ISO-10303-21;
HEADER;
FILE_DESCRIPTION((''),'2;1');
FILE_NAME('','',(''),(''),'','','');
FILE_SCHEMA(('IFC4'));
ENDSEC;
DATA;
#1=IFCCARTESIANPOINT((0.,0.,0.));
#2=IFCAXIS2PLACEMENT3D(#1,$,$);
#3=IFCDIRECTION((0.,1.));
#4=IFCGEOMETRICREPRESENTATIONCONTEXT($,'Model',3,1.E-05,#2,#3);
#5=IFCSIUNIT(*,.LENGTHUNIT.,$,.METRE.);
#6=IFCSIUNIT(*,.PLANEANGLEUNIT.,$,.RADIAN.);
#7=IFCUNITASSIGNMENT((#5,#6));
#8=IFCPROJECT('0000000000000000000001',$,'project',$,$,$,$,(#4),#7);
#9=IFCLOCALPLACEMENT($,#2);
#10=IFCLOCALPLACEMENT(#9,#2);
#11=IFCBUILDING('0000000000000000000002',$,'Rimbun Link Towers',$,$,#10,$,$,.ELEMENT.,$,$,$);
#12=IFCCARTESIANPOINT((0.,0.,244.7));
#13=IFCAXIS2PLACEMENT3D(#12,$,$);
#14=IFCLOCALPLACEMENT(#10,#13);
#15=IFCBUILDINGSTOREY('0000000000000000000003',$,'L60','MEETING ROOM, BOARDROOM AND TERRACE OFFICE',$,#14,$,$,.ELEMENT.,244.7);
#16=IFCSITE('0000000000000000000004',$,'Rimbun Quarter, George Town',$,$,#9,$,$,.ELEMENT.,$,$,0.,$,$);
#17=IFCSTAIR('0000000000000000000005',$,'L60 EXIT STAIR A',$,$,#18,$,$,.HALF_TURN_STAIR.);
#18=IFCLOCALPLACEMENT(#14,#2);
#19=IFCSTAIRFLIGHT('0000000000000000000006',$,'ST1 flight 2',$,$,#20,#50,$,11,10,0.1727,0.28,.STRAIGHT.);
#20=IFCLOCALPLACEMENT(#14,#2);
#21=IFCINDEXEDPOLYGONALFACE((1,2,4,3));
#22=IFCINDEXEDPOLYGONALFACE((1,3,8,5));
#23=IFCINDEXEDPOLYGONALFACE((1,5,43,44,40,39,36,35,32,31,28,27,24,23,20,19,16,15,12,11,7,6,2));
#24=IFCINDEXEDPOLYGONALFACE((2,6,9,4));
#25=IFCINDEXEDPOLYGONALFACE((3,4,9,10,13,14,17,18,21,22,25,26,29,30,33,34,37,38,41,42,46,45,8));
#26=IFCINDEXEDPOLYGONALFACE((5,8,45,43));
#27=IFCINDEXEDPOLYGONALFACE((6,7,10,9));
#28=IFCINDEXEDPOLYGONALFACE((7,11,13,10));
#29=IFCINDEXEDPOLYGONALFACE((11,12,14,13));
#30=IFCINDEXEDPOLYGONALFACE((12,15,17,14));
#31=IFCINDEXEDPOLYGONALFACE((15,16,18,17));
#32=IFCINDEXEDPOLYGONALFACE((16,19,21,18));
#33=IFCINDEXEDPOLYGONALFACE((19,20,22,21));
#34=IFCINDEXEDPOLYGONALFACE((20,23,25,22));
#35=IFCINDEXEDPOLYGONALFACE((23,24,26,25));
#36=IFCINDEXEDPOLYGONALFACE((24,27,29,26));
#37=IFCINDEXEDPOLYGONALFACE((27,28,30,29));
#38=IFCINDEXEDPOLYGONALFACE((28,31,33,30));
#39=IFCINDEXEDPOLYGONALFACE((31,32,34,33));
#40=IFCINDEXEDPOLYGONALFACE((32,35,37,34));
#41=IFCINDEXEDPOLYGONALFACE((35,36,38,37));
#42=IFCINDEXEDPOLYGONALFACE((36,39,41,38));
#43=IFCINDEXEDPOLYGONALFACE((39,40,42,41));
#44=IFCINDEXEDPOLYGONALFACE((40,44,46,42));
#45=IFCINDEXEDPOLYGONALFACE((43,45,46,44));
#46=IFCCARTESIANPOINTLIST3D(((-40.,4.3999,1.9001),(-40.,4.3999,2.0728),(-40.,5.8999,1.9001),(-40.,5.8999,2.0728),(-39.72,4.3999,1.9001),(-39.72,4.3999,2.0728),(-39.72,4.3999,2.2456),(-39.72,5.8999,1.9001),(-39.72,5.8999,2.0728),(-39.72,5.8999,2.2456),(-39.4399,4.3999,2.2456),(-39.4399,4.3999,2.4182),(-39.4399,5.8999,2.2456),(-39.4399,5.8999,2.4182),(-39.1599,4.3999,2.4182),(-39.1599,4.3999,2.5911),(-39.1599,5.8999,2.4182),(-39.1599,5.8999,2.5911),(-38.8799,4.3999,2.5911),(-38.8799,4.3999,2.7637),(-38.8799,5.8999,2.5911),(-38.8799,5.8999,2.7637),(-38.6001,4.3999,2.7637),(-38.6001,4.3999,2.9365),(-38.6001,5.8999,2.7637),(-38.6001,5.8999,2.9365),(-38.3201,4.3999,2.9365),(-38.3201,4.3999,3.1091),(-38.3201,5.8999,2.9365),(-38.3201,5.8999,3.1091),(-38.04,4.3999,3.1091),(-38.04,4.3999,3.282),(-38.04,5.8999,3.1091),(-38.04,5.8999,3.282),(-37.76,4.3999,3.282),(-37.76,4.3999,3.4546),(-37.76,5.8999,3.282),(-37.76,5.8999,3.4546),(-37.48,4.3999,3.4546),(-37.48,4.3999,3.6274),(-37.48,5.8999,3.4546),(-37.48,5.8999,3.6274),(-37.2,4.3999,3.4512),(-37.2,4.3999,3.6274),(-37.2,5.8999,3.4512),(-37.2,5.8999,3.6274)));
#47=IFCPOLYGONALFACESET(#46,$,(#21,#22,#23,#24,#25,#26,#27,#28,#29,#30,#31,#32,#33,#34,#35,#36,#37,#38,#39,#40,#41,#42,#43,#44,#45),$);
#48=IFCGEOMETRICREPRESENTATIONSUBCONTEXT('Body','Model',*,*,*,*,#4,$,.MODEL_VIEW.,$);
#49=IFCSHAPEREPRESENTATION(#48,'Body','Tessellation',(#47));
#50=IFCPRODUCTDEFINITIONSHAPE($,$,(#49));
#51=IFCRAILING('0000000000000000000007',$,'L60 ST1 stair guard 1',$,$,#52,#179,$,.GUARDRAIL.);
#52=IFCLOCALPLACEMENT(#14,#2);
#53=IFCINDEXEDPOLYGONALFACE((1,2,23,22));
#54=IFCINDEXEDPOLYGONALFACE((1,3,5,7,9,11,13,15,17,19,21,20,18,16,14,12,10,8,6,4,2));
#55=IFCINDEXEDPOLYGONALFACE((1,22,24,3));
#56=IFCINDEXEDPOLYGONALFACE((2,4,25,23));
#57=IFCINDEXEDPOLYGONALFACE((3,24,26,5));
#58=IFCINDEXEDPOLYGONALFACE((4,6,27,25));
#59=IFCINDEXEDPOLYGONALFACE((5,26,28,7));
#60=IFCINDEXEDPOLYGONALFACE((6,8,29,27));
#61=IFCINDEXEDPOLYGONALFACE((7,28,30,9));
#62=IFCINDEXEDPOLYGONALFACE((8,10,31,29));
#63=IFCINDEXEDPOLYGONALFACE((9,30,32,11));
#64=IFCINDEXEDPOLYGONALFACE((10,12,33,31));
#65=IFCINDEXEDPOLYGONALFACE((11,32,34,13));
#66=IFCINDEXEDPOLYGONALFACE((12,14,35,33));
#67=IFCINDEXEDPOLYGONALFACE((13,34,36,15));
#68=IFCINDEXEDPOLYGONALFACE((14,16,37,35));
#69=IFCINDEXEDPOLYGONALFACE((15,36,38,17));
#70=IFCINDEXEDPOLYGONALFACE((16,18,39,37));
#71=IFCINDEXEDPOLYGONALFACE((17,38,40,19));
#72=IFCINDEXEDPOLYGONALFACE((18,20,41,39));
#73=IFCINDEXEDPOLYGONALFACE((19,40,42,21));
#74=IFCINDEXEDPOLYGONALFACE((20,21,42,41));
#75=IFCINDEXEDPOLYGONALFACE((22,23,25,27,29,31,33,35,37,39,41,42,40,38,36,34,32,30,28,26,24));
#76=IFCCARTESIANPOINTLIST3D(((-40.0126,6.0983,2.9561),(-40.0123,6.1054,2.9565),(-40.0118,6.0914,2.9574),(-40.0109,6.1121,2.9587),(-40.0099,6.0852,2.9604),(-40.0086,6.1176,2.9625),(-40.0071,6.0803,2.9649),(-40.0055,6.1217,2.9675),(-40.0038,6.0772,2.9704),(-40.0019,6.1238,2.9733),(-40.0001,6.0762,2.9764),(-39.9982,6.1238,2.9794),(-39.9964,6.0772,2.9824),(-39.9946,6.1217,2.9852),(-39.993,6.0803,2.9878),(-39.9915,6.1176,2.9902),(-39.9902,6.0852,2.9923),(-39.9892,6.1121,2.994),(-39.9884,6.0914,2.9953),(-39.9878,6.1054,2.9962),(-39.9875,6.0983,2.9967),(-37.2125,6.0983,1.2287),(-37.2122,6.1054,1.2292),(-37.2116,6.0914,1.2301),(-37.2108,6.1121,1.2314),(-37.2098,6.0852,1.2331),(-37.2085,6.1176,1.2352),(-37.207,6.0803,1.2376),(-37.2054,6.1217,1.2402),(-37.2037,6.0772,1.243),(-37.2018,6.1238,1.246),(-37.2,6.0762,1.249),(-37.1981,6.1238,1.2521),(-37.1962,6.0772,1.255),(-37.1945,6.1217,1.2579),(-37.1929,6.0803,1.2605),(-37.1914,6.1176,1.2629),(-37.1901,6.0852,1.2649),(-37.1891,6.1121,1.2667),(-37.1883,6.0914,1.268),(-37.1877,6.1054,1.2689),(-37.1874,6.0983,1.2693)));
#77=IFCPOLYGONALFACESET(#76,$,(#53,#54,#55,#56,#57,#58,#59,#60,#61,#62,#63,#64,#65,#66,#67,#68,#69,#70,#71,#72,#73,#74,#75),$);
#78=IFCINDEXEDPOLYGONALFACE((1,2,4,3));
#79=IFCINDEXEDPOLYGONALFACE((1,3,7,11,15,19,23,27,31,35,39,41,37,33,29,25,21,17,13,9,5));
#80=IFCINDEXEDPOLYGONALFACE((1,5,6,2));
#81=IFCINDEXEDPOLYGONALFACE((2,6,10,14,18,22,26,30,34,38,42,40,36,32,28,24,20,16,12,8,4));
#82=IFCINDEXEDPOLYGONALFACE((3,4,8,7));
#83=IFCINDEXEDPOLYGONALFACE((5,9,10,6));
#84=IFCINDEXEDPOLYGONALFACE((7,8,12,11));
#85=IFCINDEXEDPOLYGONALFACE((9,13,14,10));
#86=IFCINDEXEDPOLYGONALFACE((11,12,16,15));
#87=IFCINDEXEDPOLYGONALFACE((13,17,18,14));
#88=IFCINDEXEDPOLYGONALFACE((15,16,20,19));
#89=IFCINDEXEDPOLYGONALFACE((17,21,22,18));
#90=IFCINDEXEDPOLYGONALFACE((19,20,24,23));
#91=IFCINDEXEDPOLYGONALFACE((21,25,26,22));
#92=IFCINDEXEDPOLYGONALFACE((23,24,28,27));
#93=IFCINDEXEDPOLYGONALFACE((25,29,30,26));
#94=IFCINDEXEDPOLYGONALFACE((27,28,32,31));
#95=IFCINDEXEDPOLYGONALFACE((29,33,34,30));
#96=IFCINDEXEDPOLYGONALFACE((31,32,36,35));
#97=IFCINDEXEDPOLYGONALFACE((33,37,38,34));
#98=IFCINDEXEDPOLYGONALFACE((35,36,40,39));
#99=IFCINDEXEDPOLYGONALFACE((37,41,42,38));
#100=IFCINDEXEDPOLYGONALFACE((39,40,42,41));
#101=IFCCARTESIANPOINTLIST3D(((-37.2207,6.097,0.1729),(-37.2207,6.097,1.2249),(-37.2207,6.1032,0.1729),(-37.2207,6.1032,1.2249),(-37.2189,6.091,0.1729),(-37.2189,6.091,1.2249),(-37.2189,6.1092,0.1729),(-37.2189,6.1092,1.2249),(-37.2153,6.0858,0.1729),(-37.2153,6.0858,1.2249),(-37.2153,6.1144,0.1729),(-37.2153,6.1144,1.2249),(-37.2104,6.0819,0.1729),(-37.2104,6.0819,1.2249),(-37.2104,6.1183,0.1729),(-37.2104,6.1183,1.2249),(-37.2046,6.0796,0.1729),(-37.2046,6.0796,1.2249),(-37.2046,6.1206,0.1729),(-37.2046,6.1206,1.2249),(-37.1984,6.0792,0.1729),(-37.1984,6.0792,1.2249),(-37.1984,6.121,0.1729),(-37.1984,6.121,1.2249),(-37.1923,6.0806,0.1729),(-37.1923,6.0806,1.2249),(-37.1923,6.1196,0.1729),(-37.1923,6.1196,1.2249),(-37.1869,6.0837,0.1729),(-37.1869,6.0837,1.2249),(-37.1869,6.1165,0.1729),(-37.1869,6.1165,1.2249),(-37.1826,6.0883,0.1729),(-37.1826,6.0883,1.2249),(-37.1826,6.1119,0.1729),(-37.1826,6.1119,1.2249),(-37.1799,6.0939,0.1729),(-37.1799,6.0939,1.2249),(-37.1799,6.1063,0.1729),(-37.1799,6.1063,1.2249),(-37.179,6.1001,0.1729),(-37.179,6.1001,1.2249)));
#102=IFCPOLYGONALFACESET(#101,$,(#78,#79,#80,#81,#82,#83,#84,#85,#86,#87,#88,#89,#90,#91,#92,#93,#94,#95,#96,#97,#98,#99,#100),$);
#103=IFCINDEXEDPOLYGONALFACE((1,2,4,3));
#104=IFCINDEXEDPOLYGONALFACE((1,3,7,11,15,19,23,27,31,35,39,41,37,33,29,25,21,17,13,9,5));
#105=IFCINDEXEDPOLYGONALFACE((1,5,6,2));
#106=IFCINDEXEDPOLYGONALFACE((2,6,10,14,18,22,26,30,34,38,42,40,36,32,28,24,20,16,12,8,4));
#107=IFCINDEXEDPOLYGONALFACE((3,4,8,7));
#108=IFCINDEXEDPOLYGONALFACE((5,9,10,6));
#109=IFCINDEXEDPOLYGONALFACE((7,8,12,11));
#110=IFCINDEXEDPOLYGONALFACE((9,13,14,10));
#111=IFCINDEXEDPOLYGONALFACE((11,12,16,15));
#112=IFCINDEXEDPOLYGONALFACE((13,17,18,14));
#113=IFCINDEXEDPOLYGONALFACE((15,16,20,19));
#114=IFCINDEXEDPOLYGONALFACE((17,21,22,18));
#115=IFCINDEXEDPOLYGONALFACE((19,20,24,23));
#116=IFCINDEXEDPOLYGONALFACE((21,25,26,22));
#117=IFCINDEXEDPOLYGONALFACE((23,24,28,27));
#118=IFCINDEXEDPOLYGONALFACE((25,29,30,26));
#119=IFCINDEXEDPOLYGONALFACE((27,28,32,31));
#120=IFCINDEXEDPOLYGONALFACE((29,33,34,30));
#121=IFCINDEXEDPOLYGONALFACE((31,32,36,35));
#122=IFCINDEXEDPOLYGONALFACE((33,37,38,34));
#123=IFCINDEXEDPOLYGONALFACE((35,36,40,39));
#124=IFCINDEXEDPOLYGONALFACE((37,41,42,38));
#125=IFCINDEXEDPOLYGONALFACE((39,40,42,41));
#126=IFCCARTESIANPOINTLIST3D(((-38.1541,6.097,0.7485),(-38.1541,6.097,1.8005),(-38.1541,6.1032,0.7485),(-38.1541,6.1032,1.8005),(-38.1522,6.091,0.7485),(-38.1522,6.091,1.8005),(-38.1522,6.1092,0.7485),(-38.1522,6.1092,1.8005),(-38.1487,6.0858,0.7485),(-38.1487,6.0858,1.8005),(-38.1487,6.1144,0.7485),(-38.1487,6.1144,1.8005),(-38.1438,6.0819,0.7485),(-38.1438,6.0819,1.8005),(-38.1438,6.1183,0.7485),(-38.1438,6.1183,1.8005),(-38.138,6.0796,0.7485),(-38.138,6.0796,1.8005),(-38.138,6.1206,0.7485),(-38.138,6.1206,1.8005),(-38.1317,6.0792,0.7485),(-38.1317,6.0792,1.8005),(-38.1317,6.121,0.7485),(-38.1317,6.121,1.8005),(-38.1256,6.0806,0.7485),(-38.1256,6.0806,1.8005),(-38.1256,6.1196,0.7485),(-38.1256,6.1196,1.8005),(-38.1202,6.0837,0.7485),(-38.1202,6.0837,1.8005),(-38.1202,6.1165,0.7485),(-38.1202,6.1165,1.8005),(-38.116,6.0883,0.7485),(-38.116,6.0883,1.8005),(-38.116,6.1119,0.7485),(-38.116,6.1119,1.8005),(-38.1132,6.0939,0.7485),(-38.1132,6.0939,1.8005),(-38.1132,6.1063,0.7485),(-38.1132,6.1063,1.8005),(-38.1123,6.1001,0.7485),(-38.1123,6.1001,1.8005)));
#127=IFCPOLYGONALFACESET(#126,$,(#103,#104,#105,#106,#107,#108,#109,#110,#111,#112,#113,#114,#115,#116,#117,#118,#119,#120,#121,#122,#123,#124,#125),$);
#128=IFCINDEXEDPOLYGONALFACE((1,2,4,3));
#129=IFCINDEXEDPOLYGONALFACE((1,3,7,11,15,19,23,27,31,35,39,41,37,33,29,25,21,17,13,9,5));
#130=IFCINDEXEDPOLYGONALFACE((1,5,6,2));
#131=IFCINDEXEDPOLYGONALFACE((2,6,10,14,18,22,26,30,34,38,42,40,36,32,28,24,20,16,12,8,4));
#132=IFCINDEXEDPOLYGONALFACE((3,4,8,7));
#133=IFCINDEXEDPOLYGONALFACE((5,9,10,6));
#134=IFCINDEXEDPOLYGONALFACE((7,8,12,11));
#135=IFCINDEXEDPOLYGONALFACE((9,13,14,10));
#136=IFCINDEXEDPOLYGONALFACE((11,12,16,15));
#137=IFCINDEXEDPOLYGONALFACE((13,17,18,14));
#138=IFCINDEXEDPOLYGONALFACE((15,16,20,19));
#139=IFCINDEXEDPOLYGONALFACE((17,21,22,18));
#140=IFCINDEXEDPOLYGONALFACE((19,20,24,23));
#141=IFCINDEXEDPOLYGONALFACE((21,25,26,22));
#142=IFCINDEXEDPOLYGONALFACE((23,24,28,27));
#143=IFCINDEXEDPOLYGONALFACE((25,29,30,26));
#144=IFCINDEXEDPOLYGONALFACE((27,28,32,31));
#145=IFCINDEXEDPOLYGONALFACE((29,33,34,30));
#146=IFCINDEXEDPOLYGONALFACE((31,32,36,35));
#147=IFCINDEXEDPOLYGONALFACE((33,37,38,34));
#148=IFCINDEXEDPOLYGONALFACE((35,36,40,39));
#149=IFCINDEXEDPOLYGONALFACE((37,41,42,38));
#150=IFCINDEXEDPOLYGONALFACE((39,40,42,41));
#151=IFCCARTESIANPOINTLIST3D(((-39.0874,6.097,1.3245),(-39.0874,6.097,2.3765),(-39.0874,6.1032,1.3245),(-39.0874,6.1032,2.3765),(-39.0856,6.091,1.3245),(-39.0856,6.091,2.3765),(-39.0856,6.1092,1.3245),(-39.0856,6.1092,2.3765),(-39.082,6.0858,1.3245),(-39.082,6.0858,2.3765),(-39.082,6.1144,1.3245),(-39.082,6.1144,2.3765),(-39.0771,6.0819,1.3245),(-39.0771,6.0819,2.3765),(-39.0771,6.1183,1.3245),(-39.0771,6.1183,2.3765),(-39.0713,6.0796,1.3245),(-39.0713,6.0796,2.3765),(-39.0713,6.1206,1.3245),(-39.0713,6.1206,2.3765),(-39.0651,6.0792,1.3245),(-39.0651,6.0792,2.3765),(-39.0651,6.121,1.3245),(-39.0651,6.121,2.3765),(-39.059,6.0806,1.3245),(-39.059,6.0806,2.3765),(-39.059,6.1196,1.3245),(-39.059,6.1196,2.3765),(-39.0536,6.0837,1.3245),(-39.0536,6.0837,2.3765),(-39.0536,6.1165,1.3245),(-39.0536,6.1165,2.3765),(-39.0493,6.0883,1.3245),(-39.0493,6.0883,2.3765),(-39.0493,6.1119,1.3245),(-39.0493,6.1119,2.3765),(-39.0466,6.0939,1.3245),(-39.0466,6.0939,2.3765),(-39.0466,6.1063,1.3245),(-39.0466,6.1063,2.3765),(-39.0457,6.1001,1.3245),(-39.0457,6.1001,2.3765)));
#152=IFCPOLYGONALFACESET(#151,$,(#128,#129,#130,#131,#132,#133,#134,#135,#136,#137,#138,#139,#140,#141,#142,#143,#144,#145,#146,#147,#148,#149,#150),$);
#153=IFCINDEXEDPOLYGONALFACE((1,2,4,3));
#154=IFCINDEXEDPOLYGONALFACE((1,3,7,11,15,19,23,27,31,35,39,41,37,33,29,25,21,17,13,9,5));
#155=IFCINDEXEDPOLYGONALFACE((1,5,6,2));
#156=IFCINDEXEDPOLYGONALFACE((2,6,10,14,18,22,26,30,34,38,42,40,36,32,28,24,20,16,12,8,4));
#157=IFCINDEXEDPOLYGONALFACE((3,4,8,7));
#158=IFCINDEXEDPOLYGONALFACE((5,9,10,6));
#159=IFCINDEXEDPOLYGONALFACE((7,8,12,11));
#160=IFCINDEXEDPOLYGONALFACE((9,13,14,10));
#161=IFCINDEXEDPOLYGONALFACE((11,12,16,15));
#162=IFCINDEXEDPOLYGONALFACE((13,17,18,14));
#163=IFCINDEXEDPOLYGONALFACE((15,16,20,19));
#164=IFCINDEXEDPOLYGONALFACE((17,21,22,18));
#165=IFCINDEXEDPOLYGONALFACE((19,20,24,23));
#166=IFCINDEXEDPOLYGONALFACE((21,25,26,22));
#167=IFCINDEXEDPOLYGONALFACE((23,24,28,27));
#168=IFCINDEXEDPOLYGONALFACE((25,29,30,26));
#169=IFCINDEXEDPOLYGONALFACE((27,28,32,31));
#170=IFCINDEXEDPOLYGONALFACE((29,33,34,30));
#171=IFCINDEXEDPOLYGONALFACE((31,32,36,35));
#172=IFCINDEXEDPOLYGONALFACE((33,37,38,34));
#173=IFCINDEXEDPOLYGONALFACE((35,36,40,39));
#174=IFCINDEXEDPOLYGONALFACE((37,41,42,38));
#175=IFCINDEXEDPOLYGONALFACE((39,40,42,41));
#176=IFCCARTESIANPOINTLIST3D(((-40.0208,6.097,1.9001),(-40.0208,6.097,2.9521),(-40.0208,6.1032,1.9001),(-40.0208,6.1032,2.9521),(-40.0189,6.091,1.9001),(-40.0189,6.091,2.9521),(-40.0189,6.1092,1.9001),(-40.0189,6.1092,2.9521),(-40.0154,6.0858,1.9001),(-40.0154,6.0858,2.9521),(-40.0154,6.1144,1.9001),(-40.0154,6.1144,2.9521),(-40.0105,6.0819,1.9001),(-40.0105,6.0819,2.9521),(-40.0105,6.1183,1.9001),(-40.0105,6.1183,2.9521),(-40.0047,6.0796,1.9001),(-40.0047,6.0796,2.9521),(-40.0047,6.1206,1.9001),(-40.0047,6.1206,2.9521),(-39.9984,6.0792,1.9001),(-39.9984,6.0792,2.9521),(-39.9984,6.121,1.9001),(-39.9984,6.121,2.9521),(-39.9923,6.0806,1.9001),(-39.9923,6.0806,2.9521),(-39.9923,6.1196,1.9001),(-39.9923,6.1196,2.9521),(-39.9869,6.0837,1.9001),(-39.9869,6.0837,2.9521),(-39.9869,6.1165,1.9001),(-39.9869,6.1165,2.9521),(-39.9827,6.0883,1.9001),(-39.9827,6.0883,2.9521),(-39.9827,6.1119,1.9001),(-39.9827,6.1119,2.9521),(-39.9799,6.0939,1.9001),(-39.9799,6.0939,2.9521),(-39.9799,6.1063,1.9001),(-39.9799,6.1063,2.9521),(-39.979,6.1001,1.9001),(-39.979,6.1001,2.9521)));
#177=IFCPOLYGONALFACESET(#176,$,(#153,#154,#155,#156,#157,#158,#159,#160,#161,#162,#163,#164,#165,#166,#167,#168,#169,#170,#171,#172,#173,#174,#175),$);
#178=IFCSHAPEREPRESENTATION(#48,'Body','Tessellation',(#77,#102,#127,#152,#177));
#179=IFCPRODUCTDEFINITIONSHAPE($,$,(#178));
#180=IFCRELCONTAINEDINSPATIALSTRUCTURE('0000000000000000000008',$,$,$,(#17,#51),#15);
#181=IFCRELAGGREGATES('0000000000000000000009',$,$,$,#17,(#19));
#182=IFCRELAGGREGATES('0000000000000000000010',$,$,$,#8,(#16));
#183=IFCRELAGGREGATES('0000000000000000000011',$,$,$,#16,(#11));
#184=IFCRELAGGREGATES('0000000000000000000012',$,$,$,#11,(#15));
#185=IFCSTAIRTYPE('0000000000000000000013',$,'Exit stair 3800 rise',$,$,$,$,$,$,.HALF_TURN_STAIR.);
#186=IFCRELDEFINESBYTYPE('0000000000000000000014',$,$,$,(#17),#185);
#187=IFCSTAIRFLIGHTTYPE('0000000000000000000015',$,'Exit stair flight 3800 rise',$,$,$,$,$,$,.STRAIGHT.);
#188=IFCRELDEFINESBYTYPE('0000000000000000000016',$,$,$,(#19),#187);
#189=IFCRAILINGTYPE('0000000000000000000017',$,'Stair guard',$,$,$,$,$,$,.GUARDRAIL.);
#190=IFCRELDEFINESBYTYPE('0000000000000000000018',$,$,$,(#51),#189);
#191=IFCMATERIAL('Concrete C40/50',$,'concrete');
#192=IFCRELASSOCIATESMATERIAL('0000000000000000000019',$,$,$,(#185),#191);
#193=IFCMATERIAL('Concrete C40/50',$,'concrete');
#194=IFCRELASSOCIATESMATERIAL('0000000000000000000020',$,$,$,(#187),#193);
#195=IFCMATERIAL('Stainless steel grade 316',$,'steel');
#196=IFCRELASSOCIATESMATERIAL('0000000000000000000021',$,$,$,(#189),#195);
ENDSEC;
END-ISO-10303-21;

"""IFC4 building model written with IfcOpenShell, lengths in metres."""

from ifc_helpers import new_model, si_unit, direction, frame, origin, origin_2d, place, context, subcontext, project, spatial, polyline, circle, outline, extrude, material, type_object, element, aggregate, save


model = new_model("IFC4")

# Units and contexts
model_context = context("Model", 3, precision=1e-05, world=origin(), true_north=direction((0.0, 1.0)))
body_context = subcontext(model_context, "Body", "Model", "MODEL_VIEW")
ifc_project = project(units=[si_unit("LENGTHUNIT", "METRE"), si_unit("PLANEANGLEUNIT", "RADIAN")], contexts=[model_context])

# Site, building, storey
site_placement = place(None, origin())
site = spatial("IfcSite", under=ifc_project, at=site_placement, Name="Rimbun Quarter, George Town", CompositionType="ELEMENT", RefElevation=0.0)
building_placement = place(site_placement, origin())
building = spatial("IfcBuilding", under=site, at=building_placement, Name="Rimbun Link Towers", CompositionType="ELEMENT")
storey_placement = place(building_placement, frame((0.0, 0.0, 244.7)))
storey = spatial("IfcBuildingStorey", under=building, at=storey_placement, Name="L60", Description="MEETING ROOM, BOARDROOM AND TERRACE OFFICE", CompositionType="ELEMENT", Elevation=244.7)

# Stair, stair flight
ifc_material_1 = material(Name="Concrete C40/50", Category="concrete")
stair_type = type_object("IfcStairType", Name="Exit stair 3800 rise", PredefinedType="HALF_TURN_STAIR", material=ifc_material_1)
stair_placement = place(storey_placement, origin())
stair = element("IfcStair", 1, at=stair_placement, inside=storey, type_object=stair_type, Name="L60 EXIT STAIR A", PredefinedType="HALF_TURN_STAIR")
ifc_material_2 = material(Name="Concrete C40/50", Category="concrete")
stair_flight_type = type_object("IfcStairFlightType", Name="Exit stair flight 3800 rise", PredefinedType="STRAIGHT", material=ifc_material_2)
stair_flight_1_placement = place(storey_placement, frame((-40.0, 5.1499, 1.9001), z_axis=(0.0, 0.0, 1.0), x_axis=(1.0, 0.0, 0.0)))
stair_flight_1 = element("IfcStairFlight", 2, at=stair_flight_1_placement, type_object=stair_flight_type, Name="ST1 flight 2", NumberOfRisers=11, NumberOfTreads=10, PredefinedType="STRAIGHT", RiserHeight=0.1727, TreadLength=0.28, context=body_context, shape_type="SweptSolid", body=[
    extrude(outline(polyline([(0.0, 0.0), (0.0, 0.1726), (0.28, 0.1726), (0.28, 0.3455), (0.5601, 0.3455), (0.5601, 0.5181), (0.8401, 0.5181), (0.8401, 0.6909), (1.1201, 0.6909), (1.1201, 0.8635), (1.3999, 0.8635), (1.3999, 1.0364), (1.6799, 1.0364), (1.6799, 1.209), (1.96, 1.209), (1.96, 1.3818), (2.24, 1.3818), (2.24, 1.5544), (2.52, 1.5544), (2.52, 1.7273), (2.8, 1.7273), (2.8, 1.8999), (2.8, 1.551), (0.28, 0.0), (0.0, 0.0)])), frame((0.0, 0.75, 0.0), z_axis=(0.0, -1.0, 0.0), x_axis=(1.0, 0.0, 0.0)), (0.0, 0.0, 1.0), 1.5),
])
aggregate(stair, [stair_flight_1])

# Railing
ifc_material_3 = material(Name="Stainless steel grade 316", Category="steel")
railing_type_1 = type_object("IfcRailingType", Name="Stair guard", PredefinedType="GUARDRAIL", material=ifc_material_3)
railing_1_placement = place(storey_placement, frame((-37.2, 6.1001, 0.1729)))
element("IfcRailing", 3, at=railing_1_placement, inside=storey, type_object=railing_type_1, Name="L60 ST1 stair guard 1", PredefinedType="GUARDRAIL", context=body_context, shape_type="SweptSolid", body=[
    extrude(circle(Radius=0.0239, at=origin_2d()), frame((0.0, 0.0, 1.0762), z_axis=(-0.85109, 0.0, 0.52502), x_axis=(0.0, -1.0, 0.0)), (0.0, 0.0, 1.0), 3.29),
    extrude(circle(Radius=0.021, at=origin_2d()), origin(), (0.0, 0.0, 1.0), 1.052),
    extrude(circle(Radius=0.021, at=origin_2d()), frame((-0.9333, 0.0, 0.5757)), (0.0, 0.0, 1.0), 1.052),
    extrude(circle(Radius=0.021, at=origin_2d()), frame((-1.8667, 0.0, 1.1516)), (0.0, 0.0, 1.0), 1.052),
    extrude(circle(Radius=0.021, at=origin_2d()), frame((-2.8, 0.0, 1.7273)), (0.0, 0.0, 1.0), 1.052),
])

save(model, "model.ifc")
